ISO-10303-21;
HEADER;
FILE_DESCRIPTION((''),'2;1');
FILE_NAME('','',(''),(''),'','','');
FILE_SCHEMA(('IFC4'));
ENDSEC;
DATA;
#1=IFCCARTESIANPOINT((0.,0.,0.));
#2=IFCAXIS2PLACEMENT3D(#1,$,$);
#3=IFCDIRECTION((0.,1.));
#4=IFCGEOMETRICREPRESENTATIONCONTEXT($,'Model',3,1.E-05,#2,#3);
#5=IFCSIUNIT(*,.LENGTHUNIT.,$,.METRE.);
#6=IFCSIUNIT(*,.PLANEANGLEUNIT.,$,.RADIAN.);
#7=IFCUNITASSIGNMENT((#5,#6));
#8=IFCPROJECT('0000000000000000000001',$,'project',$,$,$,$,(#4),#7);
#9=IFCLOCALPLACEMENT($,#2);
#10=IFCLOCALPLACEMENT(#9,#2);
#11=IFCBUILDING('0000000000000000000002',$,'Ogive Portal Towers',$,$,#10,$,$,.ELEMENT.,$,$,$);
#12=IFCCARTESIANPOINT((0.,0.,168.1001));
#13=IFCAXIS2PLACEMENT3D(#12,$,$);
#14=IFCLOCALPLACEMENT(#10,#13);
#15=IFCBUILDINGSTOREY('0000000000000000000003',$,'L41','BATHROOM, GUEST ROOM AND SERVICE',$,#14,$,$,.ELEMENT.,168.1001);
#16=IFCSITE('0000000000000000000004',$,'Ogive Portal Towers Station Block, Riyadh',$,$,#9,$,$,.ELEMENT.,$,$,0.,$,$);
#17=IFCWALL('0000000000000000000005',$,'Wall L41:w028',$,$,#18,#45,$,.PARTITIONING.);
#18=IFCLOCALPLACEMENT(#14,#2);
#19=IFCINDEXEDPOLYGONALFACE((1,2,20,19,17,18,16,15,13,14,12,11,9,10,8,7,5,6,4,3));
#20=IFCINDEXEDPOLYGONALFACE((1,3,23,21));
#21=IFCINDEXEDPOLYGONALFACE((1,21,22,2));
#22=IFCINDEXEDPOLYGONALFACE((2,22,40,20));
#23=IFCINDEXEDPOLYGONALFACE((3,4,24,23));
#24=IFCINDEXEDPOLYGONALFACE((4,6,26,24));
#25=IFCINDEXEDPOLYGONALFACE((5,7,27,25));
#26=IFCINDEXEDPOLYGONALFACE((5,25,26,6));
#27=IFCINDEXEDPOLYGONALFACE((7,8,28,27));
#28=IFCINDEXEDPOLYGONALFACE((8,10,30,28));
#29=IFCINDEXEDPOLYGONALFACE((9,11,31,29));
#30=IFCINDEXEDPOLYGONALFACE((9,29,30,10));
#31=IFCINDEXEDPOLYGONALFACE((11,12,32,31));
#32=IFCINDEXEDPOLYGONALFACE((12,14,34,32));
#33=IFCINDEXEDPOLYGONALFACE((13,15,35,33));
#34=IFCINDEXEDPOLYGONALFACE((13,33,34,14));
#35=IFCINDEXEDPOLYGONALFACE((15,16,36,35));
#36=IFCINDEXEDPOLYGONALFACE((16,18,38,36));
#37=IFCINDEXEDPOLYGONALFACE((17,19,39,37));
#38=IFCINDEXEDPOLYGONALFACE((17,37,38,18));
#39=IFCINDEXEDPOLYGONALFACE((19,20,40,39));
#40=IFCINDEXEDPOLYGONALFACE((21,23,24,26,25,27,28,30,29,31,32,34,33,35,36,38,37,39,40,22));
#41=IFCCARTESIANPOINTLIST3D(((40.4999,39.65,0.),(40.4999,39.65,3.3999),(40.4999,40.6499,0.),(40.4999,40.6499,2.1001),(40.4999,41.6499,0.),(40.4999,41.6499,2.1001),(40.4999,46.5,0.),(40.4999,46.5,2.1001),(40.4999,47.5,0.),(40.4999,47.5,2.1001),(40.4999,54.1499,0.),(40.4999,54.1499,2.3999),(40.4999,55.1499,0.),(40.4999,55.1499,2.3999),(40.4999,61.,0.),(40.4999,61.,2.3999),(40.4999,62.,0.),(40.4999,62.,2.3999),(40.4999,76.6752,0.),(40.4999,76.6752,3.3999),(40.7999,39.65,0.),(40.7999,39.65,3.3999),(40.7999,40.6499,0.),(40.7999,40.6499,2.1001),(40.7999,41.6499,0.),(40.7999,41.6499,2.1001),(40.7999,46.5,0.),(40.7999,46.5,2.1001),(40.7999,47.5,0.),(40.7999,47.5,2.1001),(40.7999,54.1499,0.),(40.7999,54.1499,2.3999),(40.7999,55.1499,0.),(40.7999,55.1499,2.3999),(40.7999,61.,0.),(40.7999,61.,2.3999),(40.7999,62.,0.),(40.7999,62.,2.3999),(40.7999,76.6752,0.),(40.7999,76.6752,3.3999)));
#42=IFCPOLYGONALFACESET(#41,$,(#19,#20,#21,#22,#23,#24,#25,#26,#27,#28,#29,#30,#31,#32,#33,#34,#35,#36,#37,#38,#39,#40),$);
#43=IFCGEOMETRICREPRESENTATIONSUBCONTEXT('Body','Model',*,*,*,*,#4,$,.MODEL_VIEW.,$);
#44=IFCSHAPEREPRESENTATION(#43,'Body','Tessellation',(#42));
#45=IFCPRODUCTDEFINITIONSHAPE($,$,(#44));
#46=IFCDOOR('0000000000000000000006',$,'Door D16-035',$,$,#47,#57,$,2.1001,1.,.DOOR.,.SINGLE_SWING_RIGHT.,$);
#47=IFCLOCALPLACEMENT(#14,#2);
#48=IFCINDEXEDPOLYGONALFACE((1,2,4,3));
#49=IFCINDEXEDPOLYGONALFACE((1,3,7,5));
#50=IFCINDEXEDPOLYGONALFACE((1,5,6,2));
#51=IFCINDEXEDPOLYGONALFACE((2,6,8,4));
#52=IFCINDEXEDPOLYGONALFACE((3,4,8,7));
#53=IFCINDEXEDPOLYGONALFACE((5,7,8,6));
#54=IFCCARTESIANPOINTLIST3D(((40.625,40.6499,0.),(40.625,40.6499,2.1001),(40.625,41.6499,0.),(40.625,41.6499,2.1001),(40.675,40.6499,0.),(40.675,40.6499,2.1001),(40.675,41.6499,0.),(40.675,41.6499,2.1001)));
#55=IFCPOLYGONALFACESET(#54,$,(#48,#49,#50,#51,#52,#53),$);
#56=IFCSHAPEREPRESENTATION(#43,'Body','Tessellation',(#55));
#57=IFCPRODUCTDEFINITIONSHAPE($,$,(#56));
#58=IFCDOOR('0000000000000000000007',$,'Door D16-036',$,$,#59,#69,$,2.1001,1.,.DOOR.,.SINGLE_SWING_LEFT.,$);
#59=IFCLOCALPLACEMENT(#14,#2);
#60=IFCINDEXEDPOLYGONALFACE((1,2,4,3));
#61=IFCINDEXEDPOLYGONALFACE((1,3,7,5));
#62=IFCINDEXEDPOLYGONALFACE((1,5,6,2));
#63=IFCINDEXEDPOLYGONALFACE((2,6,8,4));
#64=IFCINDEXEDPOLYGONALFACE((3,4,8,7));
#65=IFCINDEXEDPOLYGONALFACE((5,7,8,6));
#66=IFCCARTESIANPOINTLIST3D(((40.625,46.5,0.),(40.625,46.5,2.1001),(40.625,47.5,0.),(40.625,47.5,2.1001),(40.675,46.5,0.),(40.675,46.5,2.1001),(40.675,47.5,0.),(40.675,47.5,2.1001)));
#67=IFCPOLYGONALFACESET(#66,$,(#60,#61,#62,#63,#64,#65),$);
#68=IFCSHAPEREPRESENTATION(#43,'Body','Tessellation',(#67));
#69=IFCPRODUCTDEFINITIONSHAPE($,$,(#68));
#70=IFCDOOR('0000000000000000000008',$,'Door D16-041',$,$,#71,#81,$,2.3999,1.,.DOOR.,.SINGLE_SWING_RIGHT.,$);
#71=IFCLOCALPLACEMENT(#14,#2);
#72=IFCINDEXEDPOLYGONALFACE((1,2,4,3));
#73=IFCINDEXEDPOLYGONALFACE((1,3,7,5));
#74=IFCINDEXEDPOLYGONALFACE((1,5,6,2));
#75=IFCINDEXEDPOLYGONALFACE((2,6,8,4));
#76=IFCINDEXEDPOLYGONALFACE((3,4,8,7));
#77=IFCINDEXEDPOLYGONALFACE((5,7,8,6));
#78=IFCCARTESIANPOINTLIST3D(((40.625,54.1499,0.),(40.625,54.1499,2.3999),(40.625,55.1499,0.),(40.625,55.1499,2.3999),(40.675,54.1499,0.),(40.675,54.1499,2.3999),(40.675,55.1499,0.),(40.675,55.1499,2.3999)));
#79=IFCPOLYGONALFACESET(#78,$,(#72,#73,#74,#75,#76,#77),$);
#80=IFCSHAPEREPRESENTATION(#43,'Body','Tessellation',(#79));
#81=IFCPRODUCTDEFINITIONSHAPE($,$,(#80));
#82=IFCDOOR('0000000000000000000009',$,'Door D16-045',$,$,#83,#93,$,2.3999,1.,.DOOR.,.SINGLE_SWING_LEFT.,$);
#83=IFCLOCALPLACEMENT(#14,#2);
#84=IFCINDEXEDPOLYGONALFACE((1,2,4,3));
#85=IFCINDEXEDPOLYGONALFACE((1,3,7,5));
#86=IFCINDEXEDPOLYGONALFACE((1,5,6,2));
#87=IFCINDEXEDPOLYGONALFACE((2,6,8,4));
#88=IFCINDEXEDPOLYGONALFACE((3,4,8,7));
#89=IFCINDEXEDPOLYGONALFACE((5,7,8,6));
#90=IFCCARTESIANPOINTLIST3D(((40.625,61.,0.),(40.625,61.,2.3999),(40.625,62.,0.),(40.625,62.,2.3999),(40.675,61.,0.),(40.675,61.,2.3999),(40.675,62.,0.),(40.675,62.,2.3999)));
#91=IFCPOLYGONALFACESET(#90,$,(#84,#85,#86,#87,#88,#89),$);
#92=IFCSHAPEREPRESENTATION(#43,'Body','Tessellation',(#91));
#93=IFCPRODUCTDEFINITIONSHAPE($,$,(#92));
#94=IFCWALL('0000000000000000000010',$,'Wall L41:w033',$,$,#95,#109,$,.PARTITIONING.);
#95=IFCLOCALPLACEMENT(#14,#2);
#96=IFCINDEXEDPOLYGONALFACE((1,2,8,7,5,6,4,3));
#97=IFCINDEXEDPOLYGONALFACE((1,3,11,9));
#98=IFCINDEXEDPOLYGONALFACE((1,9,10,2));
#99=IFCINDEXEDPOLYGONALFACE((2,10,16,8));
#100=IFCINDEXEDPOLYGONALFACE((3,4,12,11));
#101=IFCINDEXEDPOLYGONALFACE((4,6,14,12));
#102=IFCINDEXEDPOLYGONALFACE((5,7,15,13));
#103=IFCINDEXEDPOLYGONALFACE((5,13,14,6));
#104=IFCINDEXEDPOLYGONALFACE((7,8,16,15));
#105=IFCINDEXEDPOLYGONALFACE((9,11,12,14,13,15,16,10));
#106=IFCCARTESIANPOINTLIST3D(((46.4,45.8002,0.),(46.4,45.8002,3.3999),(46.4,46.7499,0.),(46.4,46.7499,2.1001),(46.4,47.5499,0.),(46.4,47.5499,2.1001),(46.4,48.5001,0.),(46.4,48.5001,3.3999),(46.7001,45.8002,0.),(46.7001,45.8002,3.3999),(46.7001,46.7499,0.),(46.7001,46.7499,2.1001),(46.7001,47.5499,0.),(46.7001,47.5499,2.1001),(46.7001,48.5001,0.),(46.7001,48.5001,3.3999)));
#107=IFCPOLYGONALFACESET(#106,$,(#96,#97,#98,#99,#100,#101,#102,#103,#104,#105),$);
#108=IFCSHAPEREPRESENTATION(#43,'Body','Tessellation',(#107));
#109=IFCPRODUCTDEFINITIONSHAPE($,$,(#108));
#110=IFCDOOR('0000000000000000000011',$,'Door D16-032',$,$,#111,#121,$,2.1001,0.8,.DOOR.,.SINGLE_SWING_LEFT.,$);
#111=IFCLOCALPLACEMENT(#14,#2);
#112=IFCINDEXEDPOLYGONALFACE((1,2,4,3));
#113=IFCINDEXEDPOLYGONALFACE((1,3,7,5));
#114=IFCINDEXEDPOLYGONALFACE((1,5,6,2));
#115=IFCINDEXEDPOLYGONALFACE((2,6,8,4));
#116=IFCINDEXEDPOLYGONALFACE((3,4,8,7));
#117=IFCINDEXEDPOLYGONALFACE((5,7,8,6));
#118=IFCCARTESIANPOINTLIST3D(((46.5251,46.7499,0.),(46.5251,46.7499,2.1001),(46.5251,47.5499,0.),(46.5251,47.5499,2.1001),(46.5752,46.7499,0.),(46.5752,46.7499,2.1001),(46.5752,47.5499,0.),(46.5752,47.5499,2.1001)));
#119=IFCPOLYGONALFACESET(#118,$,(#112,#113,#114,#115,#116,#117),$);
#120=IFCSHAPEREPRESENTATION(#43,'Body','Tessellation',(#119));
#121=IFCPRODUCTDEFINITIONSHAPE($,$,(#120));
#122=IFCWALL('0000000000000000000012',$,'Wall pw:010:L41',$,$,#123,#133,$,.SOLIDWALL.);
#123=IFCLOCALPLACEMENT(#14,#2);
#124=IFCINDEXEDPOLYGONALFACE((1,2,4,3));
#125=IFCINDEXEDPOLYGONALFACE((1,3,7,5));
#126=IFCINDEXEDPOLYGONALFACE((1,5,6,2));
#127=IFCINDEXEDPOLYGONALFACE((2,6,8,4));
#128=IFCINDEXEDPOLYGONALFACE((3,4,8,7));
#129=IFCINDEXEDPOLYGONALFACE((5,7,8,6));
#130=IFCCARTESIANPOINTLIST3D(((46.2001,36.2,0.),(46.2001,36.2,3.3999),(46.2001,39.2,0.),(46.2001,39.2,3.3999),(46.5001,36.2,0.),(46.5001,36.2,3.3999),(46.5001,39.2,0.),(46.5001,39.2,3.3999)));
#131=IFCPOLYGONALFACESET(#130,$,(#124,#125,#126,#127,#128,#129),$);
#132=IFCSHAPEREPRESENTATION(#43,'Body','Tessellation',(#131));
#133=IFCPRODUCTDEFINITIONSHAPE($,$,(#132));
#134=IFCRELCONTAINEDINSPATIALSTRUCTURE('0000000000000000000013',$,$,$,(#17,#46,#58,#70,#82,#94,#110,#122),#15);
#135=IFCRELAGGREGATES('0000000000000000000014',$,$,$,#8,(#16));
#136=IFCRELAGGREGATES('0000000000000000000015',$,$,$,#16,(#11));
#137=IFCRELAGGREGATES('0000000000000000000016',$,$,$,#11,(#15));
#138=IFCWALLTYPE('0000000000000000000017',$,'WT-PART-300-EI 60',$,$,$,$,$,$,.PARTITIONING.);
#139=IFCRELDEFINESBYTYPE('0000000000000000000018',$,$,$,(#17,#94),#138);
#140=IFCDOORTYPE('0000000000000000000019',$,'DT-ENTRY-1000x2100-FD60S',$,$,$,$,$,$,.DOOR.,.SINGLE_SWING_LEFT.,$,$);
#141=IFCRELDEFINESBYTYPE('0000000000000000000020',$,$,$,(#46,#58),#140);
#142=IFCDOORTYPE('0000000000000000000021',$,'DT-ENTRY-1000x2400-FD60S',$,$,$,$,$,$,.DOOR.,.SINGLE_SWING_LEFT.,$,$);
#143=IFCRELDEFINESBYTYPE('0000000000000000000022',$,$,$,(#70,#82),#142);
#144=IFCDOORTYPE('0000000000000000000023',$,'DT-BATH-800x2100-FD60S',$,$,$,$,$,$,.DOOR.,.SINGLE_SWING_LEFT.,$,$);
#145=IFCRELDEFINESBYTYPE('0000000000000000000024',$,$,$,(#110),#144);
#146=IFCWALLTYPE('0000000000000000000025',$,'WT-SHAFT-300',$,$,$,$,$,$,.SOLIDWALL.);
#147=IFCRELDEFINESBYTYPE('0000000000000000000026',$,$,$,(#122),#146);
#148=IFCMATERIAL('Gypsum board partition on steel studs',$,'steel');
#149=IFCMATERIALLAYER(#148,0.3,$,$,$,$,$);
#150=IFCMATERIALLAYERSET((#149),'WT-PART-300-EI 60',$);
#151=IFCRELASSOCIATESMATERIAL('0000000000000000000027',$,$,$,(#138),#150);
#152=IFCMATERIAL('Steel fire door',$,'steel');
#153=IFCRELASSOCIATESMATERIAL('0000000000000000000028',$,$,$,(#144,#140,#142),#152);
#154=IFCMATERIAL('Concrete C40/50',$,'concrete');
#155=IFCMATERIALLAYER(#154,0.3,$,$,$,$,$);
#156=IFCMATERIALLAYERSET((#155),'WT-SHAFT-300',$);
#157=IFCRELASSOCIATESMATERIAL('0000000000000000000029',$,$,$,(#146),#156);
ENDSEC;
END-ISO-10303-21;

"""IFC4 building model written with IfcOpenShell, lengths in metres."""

from ifc_helpers import new_model, si_unit, direction, frame, frame_2d, origin, place, context, subcontext, project, spatial, rectangle, extrude, material, layer, layer_set, type_object, element, fill, save


model = new_model("IFC4")

# Units and contexts
model_context = context("Model", 3, precision=1e-05, world=origin(), true_north=direction((0.0, 1.0)))
body_context = subcontext(model_context, "Body", "Model", "MODEL_VIEW")
ifc_project = project(units=[si_unit("LENGTHUNIT", "METRE"), si_unit("PLANEANGLEUNIT", "RADIAN")], contexts=[model_context])

# Site, building, storey
site_placement = place(None, origin())
site = spatial("IfcSite", under=ifc_project, at=site_placement, Name="Ogive Portal Towers Station Block, Riyadh", CompositionType="ELEMENT", RefElevation=0.0)
building_placement = place(site_placement, origin())
building = spatial("IfcBuilding", under=site, at=building_placement, Name="Ogive Portal Towers", CompositionType="ELEMENT")
storey_placement = place(building_placement, frame((0.0, 0.0, 168.1001)))
storey = spatial("IfcBuildingStorey", under=building, at=storey_placement, Name="L41", Description="BATHROOM, GUEST ROOM AND SERVICE", CompositionType="ELEMENT", Elevation=168.1001)

# Shared definitions
ifc_material_1 = material(Name="Concrete C40/50", Category="concrete")

# Shared definitions
ifc_material_2 = material(Name="Gypsum board partition on steel studs", Category="steel")
ifc_layer_1 = layer(ifc_material_2, 0.3)
ifc_layer_set_1 = layer_set([ifc_layer_1], Name="WT-PART-300-EI 60")
wall_type_1 = type_object("IfcWallType", Name="WT-PART-300-EI 60", PredefinedType="PARTITIONING", material=ifc_layer_set_1)

# Shared definitions
ifc_material_3 = material(Name="Steel fire door", Category="steel")
door_type_1 = type_object("IfcDoorType", Name="DT-BATH-800x2100-FD60S", OperationType="SINGLE_SWING_LEFT", PredefinedType="DOOR", material=ifc_material_3)

# Wall, openings, doors
wall_1_placement = place(storey_placement, frame((40.6499, 39.6499, 0.0), z_axis=(0.0, 0.0, 1.0), x_axis=(0.0, 1.0, 0.0)))
wall_1 = element("IfcWall", 1, at=wall_1_placement, inside=storey, type_object=wall_type_1, Name="Wall L41:w028", PredefinedType="PARTITIONING", context=body_context, shape_type="SweptSolid", body=[
    extrude(rectangle(XDim=37.0251, YDim=0.3, at=frame_2d((18.5127, 0.0))), origin(), (0.0, 0.0, 1.0), 3.3999),
])
opening_1_placement = place(wall_1_placement, frame((1.0, 0.0, 0.0)))
opening_1 = element("IfcOpeningElement", 2, at=opening_1_placement, cuts=wall_1, PredefinedType="OPENING", context=body_context, shape_type="SweptSolid", body=[
    extrude(rectangle(XDim=1.0, YDim=2.1001, at=frame_2d((0.5, 1.05))), frame((0.0, 0.1602, 0.0), z_axis=(0.0, -1.0, 0.0), x_axis=(1.0, 0.0, 0.0)), (0.0, 0.0, 1.0), 0.3201),
])
opening_2_placement = place(wall_1_placement, frame((6.8501, 0.0, 0.0)))
opening_2 = element("IfcOpeningElement", 3, at=opening_2_placement, cuts=wall_1, PredefinedType="OPENING", context=body_context, shape_type="SweptSolid", body=[
    extrude(rectangle(XDim=1.0, YDim=2.1001, at=frame_2d((0.5, 1.05))), frame((0.0, 0.1602, 0.0), z_axis=(0.0, -1.0, 0.0), x_axis=(1.0, 0.0, 0.0)), (0.0, 0.0, 1.0), 0.3201),
])
opening_3_placement = place(wall_1_placement, frame((14.5, 0.0, 0.0)))
opening_3 = element("IfcOpeningElement", 4, at=opening_3_placement, cuts=wall_1, PredefinedType="OPENING", context=body_context, shape_type="SweptSolid", body=[
    extrude(rectangle(XDim=1.0, YDim=2.3999, at=frame_2d((0.5, 1.2))), frame((0.0, 0.1602, 0.0), z_axis=(0.0, -1.0, 0.0), x_axis=(1.0, 0.0, 0.0)), (0.0, 0.0, 1.0), 0.3201),
])
opening_4_placement = place(wall_1_placement, frame((21.3501, 0.0, 0.0)))
opening_4 = element("IfcOpeningElement", 5, at=opening_4_placement, cuts=wall_1, PredefinedType="OPENING", context=body_context, shape_type="SweptSolid", body=[
    extrude(rectangle(XDim=1.0, YDim=2.3999, at=frame_2d((0.5, 1.2))), frame((0.0, 0.1602, 0.0), z_axis=(0.0, -1.0, 0.0), x_axis=(1.0, 0.0, 0.0)), (0.0, 0.0, 1.0), 0.3201),
])
door_type_2 = type_object("IfcDoorType", Name="DT-ENTRY-1000x2100-FD60S", OperationType="SINGLE_SWING_LEFT", PredefinedType="DOOR", material=ifc_material_3)
door_1_placement = place(opening_1_placement, origin())
door_1 = element("IfcDoor", 6, at=door_1_placement, inside=storey, type_object=door_type_2, Name="Door D16-035", OperationType="SINGLE_SWING_RIGHT", OverallHeight=2.1001, OverallWidth=1.0, PredefinedType="DOOR", context=body_context, shape_type="SweptSolid", body=[
    extrude(rectangle(XDim=1.0, YDim=2.1001, at=frame_2d((0.5, 1.05))), frame((0.0, 0.0249, 0.0), z_axis=(0.0, -1.0, 0.0), x_axis=(1.0, 0.0, 0.0)), (0.0, 0.0, 1.0), 0.05),
])
fill(opening_1, door_1)
door_2_placement = place(opening_2_placement, origin())
door_2 = element("IfcDoor", 7, at=door_2_placement, inside=storey, type_object=door_type_2, Name="Door D16-036", OperationType="SINGLE_SWING_LEFT", OverallHeight=2.1001, OverallWidth=1.0, PredefinedType="DOOR", context=body_context, shape_type="SweptSolid", body=[
    extrude(rectangle(XDim=1.0, YDim=2.1001, at=frame_2d((0.5, 1.05))), frame((0.0, 0.0249, 0.0), z_axis=(0.0, -1.0, 0.0), x_axis=(1.0, 0.0, 0.0)), (0.0, 0.0, 1.0), 0.05),
])
fill(opening_2, door_2)
door_type_3 = type_object("IfcDoorType", Name="DT-ENTRY-1000x2400-FD60S", OperationType="SINGLE_SWING_LEFT", PredefinedType="DOOR", material=ifc_material_3)
door_3_placement = place(opening_3_placement, origin())
door_3 = element("IfcDoor", 8, at=door_3_placement, inside=storey, type_object=door_type_3, Name="Door D16-041", OperationType="SINGLE_SWING_RIGHT", OverallHeight=2.3999, OverallWidth=1.0, PredefinedType="DOOR", context=body_context, shape_type="SweptSolid", body=[
    extrude(rectangle(XDim=1.0, YDim=2.3999, at=frame_2d((0.5, 1.2))), frame((0.0, 0.0249, 0.0), z_axis=(0.0, -1.0, 0.0), x_axis=(1.0, 0.0, 0.0)), (0.0, 0.0, 1.0), 0.05),
])
fill(opening_3, door_3)
door_4_placement = place(opening_4_placement, origin())
door_4 = element("IfcDoor", 9, at=door_4_placement, inside=storey, type_object=door_type_3, Name="Door D16-045", OperationType="SINGLE_SWING_LEFT", OverallHeight=2.3999, OverallWidth=1.0, PredefinedType="DOOR", context=body_context, shape_type="SweptSolid", body=[
    extrude(rectangle(XDim=1.0, YDim=2.3999, at=frame_2d((0.5, 1.2))), frame((0.0, 0.0249, 0.0), z_axis=(0.0, -1.0, 0.0), x_axis=(1.0, 0.0, 0.0)), (0.0, 0.0, 1.0), 0.05),
])
fill(opening_4, door_4)

# Wall, opening, door
wall_2_placement = place(storey_placement, frame((46.55, 45.8, 0.0), z_axis=(0.0, 0.0, 1.0), x_axis=(0.0, 1.0, 0.0)))
wall_2 = element("IfcWall", 10, at=wall_2_placement, inside=storey, type_object=wall_type_1, Name="Wall L41:w033", PredefinedType="PARTITIONING", context=body_context, shape_type="SweptSolid", body=[
    extrude(rectangle(XDim=2.7, YDim=0.3, at=frame_2d((1.3501, 0.0))), origin(), (0.0, 0.0, 1.0), 3.3999),
])
opening_5_placement = place(wall_2_placement, frame((0.95, 0.0, 0.0)))
opening_5 = element("IfcOpeningElement", 11, at=opening_5_placement, cuts=wall_2, PredefinedType="OPENING", context=body_context, shape_type="SweptSolid", body=[
    extrude(rectangle(XDim=0.8, YDim=2.1001, at=frame_2d((0.3999, 1.05))), frame((0.0, 0.1602, 0.0), z_axis=(0.0, -1.0, 0.0), x_axis=(1.0, 0.0, 0.0)), (0.0, 0.0, 1.0), 0.3201),
])
door_5_placement = place(opening_5_placement, origin())
door_5 = element("IfcDoor", 12, at=door_5_placement, inside=storey, type_object=door_type_1, Name="Door D16-032", OperationType="SINGLE_SWING_LEFT", OverallHeight=2.1001, OverallWidth=0.8, PredefinedType="DOOR", context=body_context, shape_type="SweptSolid", body=[
    extrude(rectangle(XDim=0.8, YDim=2.1001, at=frame_2d((0.3999, 1.05))), frame((0.0, 0.0249, 0.0), z_axis=(0.0, -1.0, 0.0), x_axis=(1.0, 0.0, 0.0)), (0.0, 0.0, 1.0), 0.05),
])
fill(opening_5, door_5)

# Wall
ifc_layer_2 = layer(ifc_material_1, 0.3)
ifc_layer_set_2 = layer_set([ifc_layer_2], Name="WT-SHAFT-300")
wall_type_2 = type_object("IfcWallType", Name="WT-SHAFT-300", PredefinedType="SOLIDWALL", material=ifc_layer_set_2)
wall_3_placement = place(storey_placement, frame((46.3501, 36.2, 0.0), z_axis=(0.0, 0.0, 1.0), x_axis=(0.0, 1.0, 0.0)))
element("IfcWall", 13, at=wall_3_placement, inside=storey, type_object=wall_type_2, Name="Wall pw:010:L41", PredefinedType="SOLIDWALL", context=body_context, shape_type="SweptSolid", body=[
    extrude(rectangle(XDim=3.0, YDim=0.3, at=frame_2d((1.5, 0.0))), origin(), (0.0, 0.0, 1.0), 3.3999),
])

save(model, "model.ifc")
